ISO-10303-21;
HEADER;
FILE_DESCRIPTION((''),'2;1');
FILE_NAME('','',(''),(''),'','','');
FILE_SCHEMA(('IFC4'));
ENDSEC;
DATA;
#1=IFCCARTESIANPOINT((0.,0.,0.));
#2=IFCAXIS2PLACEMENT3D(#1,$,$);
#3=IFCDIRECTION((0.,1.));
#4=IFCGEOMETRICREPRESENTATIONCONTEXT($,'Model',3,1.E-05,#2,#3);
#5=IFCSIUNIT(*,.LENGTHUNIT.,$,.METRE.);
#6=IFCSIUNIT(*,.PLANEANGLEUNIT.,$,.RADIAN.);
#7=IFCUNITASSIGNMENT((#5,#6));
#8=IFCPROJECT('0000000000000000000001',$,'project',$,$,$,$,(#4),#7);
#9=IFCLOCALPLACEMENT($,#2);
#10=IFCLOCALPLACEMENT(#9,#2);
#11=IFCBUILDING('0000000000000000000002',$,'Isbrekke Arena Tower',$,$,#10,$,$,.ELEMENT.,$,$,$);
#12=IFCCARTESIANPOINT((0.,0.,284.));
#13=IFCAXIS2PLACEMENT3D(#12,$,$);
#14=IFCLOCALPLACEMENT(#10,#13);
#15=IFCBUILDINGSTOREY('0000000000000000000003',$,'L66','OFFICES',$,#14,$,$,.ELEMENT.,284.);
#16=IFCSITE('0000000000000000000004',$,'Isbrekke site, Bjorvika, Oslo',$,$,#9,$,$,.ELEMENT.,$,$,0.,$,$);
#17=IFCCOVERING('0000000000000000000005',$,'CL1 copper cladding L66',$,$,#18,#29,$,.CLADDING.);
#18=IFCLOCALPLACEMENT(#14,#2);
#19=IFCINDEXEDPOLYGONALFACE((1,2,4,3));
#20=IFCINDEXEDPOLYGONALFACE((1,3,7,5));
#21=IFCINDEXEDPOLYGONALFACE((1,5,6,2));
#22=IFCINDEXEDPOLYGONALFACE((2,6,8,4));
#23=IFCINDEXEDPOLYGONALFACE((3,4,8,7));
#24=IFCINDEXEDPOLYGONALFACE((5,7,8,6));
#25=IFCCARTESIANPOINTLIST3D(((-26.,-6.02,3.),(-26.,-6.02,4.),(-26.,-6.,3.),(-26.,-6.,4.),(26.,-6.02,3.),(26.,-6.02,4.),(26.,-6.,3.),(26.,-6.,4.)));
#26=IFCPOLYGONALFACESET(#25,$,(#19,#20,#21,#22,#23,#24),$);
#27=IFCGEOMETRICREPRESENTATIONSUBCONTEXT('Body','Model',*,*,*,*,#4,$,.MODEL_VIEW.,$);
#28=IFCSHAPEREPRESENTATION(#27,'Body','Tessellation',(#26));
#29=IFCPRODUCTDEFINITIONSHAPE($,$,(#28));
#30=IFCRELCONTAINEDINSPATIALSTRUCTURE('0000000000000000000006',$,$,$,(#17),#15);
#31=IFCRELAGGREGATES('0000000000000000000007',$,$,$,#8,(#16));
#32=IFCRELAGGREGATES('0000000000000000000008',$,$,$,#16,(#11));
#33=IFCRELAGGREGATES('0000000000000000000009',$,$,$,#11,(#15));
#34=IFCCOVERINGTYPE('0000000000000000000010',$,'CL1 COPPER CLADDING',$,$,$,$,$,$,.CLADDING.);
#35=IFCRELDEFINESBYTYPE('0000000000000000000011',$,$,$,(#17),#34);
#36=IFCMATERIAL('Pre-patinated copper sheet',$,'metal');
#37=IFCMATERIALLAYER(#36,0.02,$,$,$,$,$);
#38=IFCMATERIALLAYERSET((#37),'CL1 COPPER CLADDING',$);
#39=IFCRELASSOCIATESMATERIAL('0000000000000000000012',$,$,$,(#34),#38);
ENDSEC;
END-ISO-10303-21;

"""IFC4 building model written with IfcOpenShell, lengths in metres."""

from ifc_helpers import new_model, si_unit, direction, frame, origin, origin_2d, place, context, subcontext, project, spatial, rectangle, extrude, material, layer, layer_set, type_object, element, save


model = new_model("IFC4")

# Units and contexts
model_context = context("Model", 3, precision=1e-05, world=origin(), true_north=direction((0.0, 1.0)))
body_context = subcontext(model_context, "Body", "Model", "MODEL_VIEW")
ifc_project = project(units=[si_unit("LENGTHUNIT", "METRE"), si_unit("PLANEANGLEUNIT", "RADIAN")], contexts=[model_context])

# Site, building, storey
site_placement = place(None, origin())
site = spatial("IfcSite", under=ifc_project, at=site_placement, Name="Isbrekke site, Bjorvika, Oslo", CompositionType="ELEMENT", RefElevation=0.0)
building_placement = place(site_placement, origin())
building = spatial("IfcBuilding", under=site, at=building_placement, Name="Isbrekke Arena Tower", CompositionType="ELEMENT")
storey_placement = place(building_placement, frame((0.0, 0.0, 284.0)))
storey = spatial("IfcBuildingStorey", under=building, at=storey_placement, Name="L66", Description="OFFICES", CompositionType="ELEMENT", Elevation=284.0)

# Covering
ifc_material_1 = material(Name="Pre-patinated copper sheet", Category="metal")
ifc_layer_1 = layer(ifc_material_1, 0.02)
ifc_layer_set_1 = layer_set([ifc_layer_1], Name="CL1 COPPER CLADDING")
covering_type = type_object("IfcCoveringType", Name="CL1 COPPER CLADDING", PredefinedType="CLADDING", material=ifc_layer_set_1)
covering_placement = place(storey_placement, frame((0.0, -6.01, 3.0), z_axis=(0.0, 0.0, 1.0), x_axis=(1.0, 0.0, 0.0)))
element("IfcCovering", 1, at=covering_placement, inside=storey, type_object=covering_type, Name="CL1 copper cladding L66", PredefinedType="CLADDING", context=body_context, shape_type="SweptSolid", body=[
    extrude(rectangle(XDim=52.0, YDim=0.02, at=origin_2d()), origin(), (0.0, 0.0, 1.0), 1.0),
])

save(model, "model.ifc")
